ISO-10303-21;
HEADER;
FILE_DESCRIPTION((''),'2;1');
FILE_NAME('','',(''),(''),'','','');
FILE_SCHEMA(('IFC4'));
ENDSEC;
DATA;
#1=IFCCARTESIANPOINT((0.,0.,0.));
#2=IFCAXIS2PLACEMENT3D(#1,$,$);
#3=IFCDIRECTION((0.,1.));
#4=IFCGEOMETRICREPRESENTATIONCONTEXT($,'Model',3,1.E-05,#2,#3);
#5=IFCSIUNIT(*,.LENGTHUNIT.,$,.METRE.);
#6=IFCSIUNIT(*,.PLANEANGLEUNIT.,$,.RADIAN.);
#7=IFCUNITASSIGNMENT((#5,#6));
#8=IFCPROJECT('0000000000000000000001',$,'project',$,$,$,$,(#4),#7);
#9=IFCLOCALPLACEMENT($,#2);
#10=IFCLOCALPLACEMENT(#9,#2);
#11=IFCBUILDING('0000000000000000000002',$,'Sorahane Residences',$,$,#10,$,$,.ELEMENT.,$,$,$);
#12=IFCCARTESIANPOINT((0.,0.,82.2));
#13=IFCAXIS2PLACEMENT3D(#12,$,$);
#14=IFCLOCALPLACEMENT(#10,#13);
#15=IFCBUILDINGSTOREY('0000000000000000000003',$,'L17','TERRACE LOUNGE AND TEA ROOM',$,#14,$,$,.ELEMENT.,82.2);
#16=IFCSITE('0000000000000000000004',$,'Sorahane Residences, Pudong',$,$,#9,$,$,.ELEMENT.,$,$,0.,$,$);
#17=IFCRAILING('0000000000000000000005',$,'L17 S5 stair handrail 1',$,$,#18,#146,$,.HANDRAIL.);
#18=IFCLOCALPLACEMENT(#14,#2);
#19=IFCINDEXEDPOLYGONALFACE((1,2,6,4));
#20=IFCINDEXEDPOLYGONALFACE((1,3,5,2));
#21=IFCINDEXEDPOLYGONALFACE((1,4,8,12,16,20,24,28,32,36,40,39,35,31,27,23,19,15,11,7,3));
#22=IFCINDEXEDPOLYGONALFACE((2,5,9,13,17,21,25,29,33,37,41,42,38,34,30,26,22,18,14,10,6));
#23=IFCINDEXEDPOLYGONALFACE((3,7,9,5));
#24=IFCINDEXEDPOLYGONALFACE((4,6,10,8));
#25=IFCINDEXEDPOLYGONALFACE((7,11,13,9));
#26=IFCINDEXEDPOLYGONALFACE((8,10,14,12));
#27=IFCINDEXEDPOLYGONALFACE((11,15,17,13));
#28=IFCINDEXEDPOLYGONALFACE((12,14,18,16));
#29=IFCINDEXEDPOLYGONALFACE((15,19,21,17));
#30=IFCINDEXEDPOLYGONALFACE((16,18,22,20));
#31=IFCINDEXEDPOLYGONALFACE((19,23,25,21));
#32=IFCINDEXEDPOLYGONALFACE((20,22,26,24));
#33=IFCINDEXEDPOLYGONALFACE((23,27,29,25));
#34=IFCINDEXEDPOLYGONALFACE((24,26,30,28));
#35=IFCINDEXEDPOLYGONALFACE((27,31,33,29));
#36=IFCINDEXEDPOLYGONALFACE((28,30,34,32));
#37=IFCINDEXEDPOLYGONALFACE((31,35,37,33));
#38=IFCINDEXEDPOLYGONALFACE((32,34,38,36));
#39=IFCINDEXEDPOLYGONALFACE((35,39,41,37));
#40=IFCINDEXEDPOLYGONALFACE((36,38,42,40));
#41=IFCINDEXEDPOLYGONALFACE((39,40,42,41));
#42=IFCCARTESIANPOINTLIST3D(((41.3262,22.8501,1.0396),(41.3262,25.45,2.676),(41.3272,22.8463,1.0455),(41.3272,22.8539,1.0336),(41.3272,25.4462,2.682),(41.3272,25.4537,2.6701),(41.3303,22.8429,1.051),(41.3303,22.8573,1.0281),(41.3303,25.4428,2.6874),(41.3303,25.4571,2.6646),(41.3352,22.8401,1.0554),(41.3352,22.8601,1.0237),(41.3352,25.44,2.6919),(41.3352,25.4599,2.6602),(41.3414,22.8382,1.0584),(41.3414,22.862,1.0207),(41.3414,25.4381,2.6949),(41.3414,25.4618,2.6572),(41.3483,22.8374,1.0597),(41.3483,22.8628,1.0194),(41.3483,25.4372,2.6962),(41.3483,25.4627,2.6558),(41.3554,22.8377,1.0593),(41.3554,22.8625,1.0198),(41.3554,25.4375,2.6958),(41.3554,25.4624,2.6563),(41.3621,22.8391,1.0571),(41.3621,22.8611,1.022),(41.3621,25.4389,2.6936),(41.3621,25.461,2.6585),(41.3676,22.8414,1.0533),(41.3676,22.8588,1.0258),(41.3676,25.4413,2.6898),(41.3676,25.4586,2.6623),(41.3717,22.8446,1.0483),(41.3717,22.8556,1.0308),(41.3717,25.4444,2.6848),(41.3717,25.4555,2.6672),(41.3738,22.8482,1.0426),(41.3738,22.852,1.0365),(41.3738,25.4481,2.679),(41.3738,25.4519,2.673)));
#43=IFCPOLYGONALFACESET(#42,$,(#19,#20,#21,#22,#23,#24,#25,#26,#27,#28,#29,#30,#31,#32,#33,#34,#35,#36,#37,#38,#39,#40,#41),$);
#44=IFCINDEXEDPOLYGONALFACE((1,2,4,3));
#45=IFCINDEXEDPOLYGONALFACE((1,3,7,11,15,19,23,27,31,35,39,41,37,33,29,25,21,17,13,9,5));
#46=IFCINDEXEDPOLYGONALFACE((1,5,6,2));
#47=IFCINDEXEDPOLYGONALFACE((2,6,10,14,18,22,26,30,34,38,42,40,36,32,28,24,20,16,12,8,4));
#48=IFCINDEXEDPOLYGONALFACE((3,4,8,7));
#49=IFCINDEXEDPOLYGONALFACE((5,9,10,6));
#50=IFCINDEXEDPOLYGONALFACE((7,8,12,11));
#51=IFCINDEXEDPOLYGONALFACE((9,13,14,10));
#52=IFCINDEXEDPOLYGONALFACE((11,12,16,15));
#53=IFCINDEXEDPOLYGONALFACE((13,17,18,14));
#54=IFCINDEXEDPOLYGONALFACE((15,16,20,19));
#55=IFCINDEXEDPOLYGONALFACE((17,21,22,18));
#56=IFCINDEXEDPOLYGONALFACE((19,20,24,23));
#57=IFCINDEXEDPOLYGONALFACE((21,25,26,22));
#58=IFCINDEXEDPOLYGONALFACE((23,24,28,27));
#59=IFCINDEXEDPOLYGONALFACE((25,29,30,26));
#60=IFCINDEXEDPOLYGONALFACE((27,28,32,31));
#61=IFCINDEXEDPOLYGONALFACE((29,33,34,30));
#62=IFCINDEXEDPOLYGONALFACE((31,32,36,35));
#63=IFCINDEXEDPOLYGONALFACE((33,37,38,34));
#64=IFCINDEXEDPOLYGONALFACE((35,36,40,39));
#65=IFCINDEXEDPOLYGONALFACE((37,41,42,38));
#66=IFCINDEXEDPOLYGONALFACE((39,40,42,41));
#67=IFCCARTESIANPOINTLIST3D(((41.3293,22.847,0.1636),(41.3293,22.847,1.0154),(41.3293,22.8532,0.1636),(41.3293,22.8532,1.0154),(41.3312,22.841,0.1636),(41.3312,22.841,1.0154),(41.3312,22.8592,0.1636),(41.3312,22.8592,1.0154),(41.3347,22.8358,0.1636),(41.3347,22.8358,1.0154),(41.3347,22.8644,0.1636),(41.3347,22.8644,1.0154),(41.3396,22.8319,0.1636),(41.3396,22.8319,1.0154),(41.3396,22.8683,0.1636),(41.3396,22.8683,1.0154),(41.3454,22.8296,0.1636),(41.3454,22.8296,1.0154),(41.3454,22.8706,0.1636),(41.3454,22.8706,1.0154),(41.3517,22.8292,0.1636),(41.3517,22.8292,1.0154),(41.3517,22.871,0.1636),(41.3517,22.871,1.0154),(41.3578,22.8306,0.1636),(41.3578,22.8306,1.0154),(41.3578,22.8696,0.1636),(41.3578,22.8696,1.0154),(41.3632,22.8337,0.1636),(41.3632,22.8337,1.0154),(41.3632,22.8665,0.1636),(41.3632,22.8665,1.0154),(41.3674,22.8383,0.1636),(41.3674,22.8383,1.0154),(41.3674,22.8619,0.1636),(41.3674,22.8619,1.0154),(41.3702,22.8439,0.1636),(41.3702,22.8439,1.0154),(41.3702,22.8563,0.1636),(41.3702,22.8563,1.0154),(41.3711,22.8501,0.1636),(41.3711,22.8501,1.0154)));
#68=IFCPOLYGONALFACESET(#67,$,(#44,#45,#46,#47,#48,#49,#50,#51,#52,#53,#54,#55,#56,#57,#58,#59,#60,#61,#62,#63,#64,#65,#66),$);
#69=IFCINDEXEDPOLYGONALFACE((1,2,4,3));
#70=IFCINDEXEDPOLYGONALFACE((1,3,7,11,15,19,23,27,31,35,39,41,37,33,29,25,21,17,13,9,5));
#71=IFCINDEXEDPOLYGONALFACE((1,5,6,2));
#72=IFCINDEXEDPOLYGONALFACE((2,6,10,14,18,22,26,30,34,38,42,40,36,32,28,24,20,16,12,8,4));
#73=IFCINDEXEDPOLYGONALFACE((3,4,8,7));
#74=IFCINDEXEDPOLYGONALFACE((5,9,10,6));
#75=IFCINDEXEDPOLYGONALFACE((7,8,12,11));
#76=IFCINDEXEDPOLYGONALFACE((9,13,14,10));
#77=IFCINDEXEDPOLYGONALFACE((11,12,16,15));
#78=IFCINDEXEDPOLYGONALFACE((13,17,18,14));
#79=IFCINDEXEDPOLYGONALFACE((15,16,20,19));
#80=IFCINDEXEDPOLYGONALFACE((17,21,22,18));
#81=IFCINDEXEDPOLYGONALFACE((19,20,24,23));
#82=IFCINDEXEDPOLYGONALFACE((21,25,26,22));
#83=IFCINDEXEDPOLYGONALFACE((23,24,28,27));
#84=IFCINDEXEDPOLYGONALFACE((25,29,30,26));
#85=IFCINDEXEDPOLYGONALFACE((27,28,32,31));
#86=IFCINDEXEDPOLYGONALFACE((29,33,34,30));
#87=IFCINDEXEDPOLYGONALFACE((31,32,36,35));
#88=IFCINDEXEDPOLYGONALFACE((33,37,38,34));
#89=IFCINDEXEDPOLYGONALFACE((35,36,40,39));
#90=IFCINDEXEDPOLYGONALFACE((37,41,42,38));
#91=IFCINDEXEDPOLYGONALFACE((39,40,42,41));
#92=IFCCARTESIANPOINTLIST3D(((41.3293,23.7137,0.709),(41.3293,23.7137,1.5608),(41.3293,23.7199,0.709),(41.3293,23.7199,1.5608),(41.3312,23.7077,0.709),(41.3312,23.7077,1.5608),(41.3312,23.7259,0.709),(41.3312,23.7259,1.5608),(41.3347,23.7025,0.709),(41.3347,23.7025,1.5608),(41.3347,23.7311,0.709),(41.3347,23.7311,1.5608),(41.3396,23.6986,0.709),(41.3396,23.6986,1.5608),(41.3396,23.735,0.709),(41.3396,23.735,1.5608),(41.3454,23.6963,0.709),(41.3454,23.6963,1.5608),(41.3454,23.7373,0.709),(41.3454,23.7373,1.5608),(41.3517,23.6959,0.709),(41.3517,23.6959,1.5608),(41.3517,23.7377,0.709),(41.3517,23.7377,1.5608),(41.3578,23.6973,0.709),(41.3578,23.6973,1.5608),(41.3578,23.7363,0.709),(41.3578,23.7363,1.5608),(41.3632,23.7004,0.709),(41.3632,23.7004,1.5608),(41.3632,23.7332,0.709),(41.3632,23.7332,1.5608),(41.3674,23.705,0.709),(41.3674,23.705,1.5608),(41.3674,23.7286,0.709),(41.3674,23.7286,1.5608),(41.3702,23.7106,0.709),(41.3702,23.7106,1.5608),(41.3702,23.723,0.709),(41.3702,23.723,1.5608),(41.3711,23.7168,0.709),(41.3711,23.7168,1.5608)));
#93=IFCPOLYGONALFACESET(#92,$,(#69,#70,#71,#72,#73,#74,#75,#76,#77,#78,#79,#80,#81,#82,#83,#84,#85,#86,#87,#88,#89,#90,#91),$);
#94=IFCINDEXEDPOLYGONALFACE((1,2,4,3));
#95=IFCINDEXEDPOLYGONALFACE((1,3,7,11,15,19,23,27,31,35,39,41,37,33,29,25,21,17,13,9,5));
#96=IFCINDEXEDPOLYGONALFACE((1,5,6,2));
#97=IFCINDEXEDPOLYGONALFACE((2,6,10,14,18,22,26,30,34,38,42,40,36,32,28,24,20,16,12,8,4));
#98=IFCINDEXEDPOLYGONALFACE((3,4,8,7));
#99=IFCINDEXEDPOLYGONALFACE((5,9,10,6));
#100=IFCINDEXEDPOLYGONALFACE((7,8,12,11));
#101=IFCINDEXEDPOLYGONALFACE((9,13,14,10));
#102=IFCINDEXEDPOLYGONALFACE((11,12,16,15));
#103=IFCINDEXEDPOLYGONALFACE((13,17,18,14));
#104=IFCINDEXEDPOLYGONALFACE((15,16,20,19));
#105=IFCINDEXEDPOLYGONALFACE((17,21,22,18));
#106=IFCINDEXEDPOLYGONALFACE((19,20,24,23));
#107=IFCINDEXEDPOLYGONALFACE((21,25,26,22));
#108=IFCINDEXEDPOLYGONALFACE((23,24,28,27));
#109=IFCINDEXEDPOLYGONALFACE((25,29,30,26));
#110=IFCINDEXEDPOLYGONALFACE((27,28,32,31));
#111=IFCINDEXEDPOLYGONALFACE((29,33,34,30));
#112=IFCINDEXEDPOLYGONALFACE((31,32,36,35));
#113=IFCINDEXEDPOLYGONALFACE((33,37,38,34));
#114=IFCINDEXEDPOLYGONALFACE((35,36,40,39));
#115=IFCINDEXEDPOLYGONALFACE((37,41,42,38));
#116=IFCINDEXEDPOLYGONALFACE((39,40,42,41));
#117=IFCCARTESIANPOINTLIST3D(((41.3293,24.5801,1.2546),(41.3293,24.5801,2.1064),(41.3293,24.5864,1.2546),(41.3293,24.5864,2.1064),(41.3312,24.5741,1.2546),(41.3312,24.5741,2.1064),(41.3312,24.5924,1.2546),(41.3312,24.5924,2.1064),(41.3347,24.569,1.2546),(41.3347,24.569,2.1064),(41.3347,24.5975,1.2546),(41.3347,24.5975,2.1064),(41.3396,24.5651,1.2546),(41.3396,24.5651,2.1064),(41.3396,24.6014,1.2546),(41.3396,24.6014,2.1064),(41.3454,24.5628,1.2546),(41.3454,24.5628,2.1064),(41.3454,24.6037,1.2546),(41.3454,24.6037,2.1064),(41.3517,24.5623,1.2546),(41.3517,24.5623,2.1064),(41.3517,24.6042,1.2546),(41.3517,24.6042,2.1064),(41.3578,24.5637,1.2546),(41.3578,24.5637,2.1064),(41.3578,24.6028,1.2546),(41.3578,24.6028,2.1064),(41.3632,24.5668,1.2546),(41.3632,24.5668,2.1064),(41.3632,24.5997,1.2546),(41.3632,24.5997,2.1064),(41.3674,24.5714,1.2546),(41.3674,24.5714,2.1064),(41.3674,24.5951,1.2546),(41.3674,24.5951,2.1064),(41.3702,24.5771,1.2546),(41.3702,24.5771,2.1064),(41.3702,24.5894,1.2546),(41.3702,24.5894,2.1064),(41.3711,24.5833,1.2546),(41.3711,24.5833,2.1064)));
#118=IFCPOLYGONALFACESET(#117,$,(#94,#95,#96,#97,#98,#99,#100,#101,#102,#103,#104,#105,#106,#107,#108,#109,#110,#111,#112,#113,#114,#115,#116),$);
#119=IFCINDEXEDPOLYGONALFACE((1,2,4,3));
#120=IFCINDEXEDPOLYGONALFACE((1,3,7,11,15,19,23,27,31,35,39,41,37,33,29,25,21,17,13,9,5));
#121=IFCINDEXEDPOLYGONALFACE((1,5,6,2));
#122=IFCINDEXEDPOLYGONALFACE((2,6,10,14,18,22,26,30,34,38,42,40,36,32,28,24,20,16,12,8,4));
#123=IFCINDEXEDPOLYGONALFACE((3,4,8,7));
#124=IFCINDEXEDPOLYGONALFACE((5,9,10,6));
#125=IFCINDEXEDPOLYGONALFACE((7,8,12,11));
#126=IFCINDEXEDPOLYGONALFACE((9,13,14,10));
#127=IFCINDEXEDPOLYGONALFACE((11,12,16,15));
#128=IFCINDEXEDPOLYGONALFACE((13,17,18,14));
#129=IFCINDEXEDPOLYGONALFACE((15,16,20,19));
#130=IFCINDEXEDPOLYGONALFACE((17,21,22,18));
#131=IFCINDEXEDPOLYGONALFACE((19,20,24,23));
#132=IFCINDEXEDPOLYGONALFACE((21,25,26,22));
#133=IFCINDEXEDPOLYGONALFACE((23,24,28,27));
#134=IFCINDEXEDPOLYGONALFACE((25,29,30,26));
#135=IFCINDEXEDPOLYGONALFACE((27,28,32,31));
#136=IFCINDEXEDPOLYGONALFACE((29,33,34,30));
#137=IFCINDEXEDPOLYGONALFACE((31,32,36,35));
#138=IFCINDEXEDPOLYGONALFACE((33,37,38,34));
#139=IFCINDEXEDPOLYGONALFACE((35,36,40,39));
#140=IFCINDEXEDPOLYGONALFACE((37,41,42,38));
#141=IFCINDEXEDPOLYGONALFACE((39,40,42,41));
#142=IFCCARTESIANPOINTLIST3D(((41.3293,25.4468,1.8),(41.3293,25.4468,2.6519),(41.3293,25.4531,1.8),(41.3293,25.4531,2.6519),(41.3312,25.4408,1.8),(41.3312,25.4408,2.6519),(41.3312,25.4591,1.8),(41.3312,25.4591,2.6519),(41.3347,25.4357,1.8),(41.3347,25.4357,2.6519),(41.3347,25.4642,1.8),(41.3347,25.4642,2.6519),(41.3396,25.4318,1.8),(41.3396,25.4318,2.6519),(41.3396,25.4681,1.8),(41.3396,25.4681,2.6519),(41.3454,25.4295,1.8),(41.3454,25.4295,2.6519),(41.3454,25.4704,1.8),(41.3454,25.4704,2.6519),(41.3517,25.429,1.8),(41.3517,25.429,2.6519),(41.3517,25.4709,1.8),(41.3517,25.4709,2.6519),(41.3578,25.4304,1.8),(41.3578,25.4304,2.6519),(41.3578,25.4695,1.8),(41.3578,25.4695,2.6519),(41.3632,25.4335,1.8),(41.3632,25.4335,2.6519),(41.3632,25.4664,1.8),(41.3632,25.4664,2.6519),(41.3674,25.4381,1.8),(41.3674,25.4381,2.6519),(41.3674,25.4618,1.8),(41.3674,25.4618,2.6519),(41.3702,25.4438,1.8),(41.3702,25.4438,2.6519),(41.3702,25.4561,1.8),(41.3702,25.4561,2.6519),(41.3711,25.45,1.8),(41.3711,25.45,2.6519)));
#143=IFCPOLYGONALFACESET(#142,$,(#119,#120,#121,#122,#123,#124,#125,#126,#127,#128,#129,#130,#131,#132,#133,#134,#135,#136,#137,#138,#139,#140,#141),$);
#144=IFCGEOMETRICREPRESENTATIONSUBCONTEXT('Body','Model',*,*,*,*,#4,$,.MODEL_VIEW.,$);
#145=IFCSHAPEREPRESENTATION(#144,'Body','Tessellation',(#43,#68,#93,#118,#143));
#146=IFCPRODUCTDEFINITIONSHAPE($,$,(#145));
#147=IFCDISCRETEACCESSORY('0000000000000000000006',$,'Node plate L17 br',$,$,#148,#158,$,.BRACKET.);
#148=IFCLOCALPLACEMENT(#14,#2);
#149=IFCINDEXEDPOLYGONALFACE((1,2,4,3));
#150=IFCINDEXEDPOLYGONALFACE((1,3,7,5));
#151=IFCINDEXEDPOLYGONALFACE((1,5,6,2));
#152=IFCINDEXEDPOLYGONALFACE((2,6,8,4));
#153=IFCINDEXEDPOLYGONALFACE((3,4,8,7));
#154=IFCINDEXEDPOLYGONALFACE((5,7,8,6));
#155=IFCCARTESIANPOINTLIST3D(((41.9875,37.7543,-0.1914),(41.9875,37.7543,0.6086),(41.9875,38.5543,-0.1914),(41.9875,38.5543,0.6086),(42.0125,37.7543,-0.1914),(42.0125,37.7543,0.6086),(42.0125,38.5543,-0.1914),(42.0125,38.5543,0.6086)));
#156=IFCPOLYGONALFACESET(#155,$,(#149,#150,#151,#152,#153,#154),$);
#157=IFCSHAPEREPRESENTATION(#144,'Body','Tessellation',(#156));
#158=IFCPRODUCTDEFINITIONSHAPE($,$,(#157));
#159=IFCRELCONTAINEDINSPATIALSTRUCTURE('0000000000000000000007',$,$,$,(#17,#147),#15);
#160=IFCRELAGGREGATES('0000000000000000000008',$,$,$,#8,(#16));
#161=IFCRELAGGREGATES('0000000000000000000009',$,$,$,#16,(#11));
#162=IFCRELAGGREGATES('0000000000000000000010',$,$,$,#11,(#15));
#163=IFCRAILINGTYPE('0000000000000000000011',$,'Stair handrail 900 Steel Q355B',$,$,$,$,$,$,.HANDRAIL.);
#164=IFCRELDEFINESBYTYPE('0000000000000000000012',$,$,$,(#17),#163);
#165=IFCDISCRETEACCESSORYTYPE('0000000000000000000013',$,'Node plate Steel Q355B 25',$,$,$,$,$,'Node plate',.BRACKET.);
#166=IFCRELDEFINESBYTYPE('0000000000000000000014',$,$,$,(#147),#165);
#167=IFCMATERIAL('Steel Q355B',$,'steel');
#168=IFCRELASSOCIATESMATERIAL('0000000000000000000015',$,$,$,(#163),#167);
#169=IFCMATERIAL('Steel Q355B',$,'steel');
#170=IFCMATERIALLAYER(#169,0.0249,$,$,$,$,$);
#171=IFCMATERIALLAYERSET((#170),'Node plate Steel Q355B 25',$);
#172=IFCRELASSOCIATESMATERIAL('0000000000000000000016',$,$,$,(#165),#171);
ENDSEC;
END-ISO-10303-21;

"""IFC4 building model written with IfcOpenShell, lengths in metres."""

from ifc_helpers import new_model, si_unit, direction, frame, origin, origin_2d, place, context, subcontext, project, spatial, rectangle, circle, extrude, material, layer, layer_set, type_object, element, save


model = new_model("IFC4")

# Units and contexts
model_context = context("Model", 3, precision=1e-05, world=origin(), true_north=direction((0.0, 1.0)))
body_context = subcontext(model_context, "Body", "Model", "MODEL_VIEW")
ifc_project = project(units=[si_unit("LENGTHUNIT", "METRE"), si_unit("PLANEANGLEUNIT", "RADIAN")], contexts=[model_context])

# Site, building, storey
site_placement = place(None, origin())
site = spatial("IfcSite", under=ifc_project, at=site_placement, Name="Sorahane Residences, Pudong", CompositionType="ELEMENT", RefElevation=0.0)
building_placement = place(site_placement, origin())
building = spatial("IfcBuilding", under=site, at=building_placement, Name="Sorahane Residences", CompositionType="ELEMENT")
storey_placement = place(building_placement, frame((0.0, 0.0, 82.2)))
storey = spatial("IfcBuildingStorey", under=building, at=storey_placement, Name="L17", Description="TERRACE LOUNGE AND TEA ROOM", CompositionType="ELEMENT", Elevation=82.2)

# Railing
ifc_material_1 = material(Name="Steel Q355B", Category="steel")
railing_type_1 = type_object("IfcRailingType", Name="Stair handrail 900 Steel Q355B", PredefinedType="HANDRAIL", material=ifc_material_1)
railing_1_placement = place(storey_placement, frame((41.3501, 22.8501, 0.1636)))
element("IfcRailing", 1, at=railing_1_placement, inside=storey, type_object=railing_type_1, Name="L17 S5 stair handrail 1", PredefinedType="HANDRAIL", context=body_context, shape_type="SweptSolid", body=[
    extrude(circle(Radius=0.0239, at=origin_2d()), frame((0.0, 0.0, 0.876), z_axis=(0.0, 0.846302, 0.532704), x_axis=(-1.0, 0.0, 0.0)), (0.0, 0.0, 1.0), 3.072),
    extrude(circle(Radius=0.021, at=origin_2d()), origin(), (0.0, 0.0, 1.0), 0.8518),
    extrude(circle(Radius=0.021, at=origin_2d()), frame((0.0, 0.8667, 0.5454)), (0.0, 0.0, 1.0), 0.8518),
    extrude(circle(Radius=0.021, at=origin_2d()), frame((0.0, 1.7332, 1.0911)), (0.0, 0.0, 1.0), 0.8518),
    extrude(circle(Radius=0.021, at=origin_2d()), frame((0.0, 2.5999, 1.6365)), (0.0, 0.0, 1.0), 0.8518),
])

# Discrete accessory
ifc_material_2 = material(Name="Steel Q355B", Category="steel")
ifc_layer_1 = layer(ifc_material_2, 0.0249)
ifc_layer_set_1 = layer_set([ifc_layer_1], Name="Node plate Steel Q355B 25")
discrete_accessory_type = type_object("IfcDiscreteAccessoryType", Name="Node plate Steel Q355B 25", ElementType="Node plate", PredefinedType="BRACKET", material=ifc_layer_set_1)
discrete_accessory_placement = place(storey_placement, frame((42.0, 38.1543, -0.1914), z_axis=(0.0, 0.0, 1.0), x_axis=(0.0, 1.0, 0.0)))
element("IfcDiscreteAccessory", 2, at=discrete_accessory_placement, inside=storey, type_object=discrete_accessory_type, Name="Node plate L17 br", PredefinedType="BRACKET", context=body_context, shape_type="SweptSolid", body=[
    extrude(rectangle(XDim=0.8, YDim=0.0249, at=origin_2d()), origin(), (0.0, 0.0, 1.0), 0.8),
])

save(model, "model.ifc")
